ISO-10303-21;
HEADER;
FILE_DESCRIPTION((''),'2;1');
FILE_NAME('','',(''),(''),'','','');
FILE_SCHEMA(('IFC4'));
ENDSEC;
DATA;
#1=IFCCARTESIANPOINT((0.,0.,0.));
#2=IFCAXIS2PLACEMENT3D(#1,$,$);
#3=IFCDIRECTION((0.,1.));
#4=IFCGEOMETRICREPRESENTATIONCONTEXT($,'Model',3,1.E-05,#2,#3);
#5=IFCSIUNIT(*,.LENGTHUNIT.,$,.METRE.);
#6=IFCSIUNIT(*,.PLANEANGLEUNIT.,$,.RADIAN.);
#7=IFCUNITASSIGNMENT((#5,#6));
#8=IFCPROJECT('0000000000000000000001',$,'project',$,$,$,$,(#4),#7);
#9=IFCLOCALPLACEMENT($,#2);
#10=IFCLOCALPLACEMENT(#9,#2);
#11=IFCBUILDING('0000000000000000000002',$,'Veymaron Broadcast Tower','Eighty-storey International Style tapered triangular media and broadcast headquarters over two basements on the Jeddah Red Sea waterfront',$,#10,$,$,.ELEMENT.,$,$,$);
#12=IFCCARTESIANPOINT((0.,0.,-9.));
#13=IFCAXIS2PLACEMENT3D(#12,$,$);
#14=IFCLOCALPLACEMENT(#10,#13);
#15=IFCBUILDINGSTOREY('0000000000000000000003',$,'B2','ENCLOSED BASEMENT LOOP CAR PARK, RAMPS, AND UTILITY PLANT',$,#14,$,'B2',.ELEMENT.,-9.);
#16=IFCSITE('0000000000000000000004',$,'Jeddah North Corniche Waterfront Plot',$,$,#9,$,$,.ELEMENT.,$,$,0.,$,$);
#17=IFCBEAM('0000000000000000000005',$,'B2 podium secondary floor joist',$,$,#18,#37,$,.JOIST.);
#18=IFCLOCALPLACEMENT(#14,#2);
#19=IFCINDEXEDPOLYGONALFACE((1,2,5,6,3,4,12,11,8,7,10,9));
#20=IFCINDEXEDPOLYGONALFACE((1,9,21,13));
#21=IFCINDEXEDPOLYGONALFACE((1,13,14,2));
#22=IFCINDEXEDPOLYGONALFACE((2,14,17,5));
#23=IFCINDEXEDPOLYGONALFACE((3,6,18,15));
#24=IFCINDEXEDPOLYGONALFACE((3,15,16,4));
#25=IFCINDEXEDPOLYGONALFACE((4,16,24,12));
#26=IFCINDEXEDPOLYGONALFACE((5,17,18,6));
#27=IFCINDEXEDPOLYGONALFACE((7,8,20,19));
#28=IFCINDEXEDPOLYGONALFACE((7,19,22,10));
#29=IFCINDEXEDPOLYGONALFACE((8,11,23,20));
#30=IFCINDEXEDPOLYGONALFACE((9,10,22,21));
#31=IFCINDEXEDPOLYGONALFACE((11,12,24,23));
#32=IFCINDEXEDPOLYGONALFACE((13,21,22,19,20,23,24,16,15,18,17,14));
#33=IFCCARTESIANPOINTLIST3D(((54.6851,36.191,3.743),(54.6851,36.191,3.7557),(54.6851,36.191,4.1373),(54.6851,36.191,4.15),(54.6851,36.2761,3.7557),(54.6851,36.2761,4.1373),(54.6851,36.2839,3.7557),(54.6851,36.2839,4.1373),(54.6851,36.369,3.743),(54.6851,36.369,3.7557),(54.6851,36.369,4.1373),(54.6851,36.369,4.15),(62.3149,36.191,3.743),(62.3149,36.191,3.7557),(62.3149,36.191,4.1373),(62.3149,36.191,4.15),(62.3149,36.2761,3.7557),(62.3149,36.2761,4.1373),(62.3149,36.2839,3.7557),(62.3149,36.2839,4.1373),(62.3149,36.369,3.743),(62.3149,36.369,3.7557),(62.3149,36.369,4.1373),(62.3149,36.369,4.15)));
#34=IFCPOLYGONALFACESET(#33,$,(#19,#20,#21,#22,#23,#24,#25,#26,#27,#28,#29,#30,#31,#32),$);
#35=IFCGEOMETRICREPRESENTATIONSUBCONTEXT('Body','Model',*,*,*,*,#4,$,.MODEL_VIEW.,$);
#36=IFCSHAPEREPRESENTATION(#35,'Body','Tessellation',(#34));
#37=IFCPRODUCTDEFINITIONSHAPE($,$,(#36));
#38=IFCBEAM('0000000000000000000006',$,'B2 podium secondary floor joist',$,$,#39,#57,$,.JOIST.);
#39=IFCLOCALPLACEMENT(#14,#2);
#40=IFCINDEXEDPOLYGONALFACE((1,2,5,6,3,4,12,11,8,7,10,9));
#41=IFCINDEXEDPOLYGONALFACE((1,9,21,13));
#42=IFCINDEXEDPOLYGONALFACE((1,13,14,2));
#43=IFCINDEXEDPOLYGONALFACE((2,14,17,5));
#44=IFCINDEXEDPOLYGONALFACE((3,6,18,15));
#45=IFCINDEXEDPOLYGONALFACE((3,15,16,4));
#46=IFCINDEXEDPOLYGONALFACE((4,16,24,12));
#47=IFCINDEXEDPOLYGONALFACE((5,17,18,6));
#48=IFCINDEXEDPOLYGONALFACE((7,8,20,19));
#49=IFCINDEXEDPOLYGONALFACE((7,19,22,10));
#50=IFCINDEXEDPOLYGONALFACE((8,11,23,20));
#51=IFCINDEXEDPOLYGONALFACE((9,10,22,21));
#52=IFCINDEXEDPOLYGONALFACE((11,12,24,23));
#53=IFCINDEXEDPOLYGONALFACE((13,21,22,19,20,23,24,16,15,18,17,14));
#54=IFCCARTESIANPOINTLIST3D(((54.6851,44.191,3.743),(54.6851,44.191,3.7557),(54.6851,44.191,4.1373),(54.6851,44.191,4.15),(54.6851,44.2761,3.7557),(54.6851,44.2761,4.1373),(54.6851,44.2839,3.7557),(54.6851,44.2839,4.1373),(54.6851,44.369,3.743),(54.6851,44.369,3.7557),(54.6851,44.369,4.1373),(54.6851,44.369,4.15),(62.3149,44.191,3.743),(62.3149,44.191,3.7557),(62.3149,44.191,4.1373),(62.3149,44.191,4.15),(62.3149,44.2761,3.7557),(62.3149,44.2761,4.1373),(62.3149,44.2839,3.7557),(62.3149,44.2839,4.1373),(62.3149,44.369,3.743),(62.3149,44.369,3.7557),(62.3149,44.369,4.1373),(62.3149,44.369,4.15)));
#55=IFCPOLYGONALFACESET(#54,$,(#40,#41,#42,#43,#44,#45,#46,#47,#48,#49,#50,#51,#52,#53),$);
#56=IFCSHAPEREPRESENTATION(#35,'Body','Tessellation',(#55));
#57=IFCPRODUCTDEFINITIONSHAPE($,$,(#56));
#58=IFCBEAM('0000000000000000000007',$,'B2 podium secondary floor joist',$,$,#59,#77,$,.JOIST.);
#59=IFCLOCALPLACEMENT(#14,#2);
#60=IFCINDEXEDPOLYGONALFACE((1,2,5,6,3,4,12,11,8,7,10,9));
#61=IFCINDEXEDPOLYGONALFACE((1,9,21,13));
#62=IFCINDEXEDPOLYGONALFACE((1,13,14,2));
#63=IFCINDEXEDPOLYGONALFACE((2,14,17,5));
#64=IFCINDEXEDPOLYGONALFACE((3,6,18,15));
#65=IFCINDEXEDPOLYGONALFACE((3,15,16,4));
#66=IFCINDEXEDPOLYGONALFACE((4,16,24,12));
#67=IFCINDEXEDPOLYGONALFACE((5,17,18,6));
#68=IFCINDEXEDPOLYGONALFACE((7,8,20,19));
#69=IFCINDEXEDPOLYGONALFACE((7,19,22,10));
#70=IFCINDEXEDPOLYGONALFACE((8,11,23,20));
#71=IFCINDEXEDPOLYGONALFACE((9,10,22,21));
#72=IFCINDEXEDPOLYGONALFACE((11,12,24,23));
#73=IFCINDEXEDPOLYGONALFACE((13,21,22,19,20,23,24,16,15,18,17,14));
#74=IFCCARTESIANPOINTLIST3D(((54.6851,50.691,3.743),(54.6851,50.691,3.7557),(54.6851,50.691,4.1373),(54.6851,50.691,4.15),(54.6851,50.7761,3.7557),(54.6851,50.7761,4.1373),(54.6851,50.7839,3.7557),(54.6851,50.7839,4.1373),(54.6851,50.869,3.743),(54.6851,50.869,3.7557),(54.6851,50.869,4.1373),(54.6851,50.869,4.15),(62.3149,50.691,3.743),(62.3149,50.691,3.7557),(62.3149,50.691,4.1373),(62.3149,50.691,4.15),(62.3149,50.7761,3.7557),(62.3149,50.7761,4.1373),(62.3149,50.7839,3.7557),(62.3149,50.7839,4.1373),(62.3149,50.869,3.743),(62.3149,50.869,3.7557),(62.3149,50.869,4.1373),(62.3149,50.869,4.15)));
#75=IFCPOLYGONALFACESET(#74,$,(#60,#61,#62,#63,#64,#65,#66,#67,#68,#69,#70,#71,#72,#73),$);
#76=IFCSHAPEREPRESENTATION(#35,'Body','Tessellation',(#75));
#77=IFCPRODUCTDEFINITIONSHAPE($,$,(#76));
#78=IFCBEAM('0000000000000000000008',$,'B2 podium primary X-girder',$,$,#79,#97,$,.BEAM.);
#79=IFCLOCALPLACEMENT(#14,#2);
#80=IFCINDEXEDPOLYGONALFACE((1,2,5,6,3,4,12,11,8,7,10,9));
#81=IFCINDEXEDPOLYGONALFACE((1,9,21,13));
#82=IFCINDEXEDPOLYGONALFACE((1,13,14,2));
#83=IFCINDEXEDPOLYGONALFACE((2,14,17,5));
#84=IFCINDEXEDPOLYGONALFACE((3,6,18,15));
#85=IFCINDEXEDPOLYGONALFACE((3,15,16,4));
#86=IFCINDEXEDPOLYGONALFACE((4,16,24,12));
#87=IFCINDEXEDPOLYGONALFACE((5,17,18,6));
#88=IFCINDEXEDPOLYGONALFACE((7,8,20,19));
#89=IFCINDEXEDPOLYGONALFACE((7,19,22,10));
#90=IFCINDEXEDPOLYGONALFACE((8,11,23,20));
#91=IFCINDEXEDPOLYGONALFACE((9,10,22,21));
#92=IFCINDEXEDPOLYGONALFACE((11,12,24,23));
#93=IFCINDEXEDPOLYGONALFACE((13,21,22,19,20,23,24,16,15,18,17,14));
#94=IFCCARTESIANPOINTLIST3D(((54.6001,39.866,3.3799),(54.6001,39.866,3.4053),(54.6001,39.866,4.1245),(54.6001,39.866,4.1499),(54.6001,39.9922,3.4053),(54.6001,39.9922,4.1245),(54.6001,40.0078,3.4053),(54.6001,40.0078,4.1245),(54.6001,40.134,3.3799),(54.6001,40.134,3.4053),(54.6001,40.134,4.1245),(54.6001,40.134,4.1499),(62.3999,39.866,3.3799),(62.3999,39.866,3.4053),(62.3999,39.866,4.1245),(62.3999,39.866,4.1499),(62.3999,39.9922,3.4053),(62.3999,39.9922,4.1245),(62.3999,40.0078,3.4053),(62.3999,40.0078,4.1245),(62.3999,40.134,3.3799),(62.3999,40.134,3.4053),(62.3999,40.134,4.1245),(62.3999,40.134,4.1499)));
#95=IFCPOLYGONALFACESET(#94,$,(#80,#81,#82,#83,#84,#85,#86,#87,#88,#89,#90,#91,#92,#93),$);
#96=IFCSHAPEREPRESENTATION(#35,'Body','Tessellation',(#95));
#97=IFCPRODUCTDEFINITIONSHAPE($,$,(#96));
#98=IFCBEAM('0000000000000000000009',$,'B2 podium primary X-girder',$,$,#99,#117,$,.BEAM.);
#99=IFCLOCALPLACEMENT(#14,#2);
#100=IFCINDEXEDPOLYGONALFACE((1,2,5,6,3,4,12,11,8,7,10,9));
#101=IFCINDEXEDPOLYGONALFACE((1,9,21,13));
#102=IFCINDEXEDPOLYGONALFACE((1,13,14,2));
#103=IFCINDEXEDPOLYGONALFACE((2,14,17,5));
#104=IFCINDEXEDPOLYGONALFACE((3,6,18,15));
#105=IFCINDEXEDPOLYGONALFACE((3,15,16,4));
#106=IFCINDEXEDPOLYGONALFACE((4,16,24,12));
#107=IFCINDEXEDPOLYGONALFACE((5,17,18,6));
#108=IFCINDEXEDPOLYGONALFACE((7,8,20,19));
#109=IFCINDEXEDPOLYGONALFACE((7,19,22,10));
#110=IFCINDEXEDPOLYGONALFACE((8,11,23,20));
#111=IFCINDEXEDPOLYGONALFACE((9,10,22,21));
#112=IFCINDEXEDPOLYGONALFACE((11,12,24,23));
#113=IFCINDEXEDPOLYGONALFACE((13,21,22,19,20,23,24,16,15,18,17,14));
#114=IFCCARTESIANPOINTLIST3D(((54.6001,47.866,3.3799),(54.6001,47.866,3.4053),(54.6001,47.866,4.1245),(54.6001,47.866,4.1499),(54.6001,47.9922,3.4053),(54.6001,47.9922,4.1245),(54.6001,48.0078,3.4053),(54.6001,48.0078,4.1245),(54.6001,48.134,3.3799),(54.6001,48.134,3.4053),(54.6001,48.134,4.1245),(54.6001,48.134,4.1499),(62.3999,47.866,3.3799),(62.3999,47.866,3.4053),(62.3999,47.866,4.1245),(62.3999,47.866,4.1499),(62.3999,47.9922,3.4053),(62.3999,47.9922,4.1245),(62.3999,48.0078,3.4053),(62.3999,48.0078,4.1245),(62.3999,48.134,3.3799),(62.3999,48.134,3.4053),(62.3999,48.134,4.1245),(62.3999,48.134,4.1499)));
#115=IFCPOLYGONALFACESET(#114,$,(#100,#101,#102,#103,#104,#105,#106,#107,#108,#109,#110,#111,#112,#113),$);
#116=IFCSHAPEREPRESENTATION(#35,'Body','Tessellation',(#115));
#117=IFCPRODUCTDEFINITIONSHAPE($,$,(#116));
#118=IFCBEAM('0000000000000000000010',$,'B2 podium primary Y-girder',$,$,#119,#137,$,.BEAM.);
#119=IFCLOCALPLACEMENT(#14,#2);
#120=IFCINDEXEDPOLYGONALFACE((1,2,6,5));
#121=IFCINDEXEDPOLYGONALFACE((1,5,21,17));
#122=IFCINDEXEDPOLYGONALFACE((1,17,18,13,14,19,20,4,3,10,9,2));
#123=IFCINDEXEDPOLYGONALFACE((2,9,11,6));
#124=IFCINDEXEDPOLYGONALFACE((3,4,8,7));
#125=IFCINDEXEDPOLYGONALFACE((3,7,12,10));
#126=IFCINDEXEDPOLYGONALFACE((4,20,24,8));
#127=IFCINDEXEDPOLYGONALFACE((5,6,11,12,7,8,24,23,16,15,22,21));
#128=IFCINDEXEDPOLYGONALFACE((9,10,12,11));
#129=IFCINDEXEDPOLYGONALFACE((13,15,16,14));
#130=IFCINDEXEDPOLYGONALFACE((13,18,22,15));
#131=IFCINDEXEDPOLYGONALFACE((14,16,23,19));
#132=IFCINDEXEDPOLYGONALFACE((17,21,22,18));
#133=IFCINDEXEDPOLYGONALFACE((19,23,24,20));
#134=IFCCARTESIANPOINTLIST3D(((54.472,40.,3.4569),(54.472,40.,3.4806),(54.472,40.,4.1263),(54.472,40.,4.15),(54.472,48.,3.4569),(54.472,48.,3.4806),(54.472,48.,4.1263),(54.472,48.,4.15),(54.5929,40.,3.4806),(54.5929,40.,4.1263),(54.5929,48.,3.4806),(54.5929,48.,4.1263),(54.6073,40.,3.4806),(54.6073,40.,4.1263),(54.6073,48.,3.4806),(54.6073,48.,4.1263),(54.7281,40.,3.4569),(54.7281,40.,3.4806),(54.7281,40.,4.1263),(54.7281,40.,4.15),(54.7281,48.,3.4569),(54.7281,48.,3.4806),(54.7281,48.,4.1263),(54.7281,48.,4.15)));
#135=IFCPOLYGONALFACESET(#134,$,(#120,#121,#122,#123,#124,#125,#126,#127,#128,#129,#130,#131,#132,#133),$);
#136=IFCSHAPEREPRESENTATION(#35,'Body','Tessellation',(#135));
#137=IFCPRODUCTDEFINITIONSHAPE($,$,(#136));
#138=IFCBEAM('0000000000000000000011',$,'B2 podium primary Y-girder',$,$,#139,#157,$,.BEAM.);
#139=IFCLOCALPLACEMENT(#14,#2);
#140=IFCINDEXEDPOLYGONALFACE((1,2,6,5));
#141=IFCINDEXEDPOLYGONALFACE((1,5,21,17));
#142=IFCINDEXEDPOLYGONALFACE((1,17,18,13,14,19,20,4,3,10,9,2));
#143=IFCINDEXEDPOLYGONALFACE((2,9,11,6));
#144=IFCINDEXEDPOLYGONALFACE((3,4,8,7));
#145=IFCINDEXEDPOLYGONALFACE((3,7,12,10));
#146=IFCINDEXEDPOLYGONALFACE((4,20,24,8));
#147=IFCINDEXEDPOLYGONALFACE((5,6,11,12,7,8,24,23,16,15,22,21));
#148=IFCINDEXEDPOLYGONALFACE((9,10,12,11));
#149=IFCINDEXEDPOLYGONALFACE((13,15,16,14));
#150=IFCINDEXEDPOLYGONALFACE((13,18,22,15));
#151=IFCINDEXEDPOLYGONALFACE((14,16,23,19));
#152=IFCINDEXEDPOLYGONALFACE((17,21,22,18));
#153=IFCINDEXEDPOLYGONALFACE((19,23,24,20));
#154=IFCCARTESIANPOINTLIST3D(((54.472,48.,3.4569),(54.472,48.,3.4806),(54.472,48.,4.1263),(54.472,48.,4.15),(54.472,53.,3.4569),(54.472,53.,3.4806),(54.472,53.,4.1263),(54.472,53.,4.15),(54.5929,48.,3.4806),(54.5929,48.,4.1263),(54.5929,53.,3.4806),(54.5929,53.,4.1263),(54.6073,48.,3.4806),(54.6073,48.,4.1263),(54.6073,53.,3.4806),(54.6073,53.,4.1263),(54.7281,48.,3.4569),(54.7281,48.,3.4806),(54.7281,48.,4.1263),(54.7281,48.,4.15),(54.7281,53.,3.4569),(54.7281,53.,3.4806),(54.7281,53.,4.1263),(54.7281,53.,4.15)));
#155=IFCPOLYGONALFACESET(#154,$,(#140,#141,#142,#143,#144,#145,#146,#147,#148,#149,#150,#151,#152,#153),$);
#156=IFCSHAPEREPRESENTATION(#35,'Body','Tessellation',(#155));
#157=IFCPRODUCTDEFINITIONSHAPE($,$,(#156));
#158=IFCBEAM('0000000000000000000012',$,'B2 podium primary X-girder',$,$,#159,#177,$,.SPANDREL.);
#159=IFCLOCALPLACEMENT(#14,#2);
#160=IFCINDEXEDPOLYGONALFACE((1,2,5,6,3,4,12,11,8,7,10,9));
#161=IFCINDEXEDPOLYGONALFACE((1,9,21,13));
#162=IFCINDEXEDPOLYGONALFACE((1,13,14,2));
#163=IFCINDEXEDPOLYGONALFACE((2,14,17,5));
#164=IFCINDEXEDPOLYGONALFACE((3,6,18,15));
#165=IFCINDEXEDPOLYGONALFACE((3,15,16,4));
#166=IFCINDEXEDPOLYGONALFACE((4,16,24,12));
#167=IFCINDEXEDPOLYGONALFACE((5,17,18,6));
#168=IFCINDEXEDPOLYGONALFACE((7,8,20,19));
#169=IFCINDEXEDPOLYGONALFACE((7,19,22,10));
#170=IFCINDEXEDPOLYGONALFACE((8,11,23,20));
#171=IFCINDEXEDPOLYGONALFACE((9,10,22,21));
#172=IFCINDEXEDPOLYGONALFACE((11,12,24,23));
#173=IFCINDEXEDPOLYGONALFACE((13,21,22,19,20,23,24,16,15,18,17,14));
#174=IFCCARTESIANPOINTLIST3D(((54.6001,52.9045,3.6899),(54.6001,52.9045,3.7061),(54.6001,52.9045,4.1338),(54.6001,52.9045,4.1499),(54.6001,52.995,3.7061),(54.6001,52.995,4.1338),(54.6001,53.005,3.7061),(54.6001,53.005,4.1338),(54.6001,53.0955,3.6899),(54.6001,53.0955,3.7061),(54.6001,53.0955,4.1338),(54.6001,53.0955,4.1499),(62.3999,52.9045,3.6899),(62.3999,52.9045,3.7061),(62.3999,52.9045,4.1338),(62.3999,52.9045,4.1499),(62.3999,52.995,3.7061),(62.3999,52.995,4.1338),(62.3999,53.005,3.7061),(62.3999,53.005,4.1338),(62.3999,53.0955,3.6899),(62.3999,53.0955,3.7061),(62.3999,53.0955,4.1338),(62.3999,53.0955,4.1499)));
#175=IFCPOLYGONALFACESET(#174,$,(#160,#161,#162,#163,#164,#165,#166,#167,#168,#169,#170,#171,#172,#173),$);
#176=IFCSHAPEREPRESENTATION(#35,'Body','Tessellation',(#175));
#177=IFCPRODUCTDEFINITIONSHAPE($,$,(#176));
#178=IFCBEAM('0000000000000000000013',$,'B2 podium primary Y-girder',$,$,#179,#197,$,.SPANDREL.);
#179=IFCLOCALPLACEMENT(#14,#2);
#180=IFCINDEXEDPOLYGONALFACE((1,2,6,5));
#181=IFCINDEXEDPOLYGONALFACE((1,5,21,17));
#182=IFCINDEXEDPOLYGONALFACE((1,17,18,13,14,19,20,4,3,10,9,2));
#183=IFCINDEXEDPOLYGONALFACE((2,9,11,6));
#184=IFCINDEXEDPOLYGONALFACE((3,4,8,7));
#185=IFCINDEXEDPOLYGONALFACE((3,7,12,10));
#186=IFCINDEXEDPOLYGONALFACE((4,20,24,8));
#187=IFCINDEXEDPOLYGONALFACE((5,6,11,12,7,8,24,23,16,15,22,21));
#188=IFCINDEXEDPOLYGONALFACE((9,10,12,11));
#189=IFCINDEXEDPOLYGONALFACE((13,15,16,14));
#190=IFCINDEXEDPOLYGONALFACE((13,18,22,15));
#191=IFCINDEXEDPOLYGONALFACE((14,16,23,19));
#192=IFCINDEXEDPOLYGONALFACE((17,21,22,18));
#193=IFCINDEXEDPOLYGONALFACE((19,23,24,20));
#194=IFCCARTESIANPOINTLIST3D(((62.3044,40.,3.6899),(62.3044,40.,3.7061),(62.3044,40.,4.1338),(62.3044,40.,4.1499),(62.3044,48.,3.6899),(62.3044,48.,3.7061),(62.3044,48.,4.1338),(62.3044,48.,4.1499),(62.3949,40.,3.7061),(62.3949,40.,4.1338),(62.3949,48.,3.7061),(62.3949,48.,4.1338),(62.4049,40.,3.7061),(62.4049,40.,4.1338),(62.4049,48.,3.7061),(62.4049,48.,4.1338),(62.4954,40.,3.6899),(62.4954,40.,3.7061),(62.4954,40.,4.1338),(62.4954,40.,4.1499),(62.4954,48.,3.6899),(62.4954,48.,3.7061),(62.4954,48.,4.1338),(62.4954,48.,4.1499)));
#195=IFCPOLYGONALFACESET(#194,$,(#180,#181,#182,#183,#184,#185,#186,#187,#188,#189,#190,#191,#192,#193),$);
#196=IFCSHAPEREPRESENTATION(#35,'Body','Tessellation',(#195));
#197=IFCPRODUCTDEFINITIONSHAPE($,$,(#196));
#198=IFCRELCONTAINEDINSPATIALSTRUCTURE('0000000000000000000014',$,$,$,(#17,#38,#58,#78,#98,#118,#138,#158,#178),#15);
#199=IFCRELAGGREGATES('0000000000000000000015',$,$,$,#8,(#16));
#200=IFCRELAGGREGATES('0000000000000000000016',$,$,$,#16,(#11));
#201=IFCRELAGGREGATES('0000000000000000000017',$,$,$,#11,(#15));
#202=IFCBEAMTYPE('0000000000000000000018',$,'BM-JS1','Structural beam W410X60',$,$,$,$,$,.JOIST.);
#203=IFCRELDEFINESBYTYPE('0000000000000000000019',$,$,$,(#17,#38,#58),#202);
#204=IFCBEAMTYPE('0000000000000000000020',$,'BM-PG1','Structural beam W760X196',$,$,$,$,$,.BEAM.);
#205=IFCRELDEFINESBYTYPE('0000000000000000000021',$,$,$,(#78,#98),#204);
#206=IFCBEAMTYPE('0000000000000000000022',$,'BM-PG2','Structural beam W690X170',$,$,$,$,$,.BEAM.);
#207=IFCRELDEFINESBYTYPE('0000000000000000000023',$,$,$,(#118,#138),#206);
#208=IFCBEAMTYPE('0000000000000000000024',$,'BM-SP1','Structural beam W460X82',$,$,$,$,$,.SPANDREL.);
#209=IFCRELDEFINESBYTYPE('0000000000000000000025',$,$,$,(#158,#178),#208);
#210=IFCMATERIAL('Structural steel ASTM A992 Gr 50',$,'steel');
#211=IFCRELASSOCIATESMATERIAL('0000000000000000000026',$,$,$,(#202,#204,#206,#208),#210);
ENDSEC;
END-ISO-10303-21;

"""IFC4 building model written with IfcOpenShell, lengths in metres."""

from ifc_helpers import new_model, si_unit, direction, frame, origin, origin_2d, place, context, subcontext, project, spatial, i_section, extrude, material, material_profile, profile_set, type_object, element, save


model = new_model("IFC4")

# Units and contexts
model_context = context("Model", 3, precision=1e-05, world=origin(), true_north=direction((0.0, 1.0)))
body_context = subcontext(model_context, "Body", "Model", "MODEL_VIEW")
ifc_project = project(units=[si_unit("LENGTHUNIT", "METRE"), si_unit("PLANEANGLEUNIT", "RADIAN")], contexts=[model_context])

# Site, building, storey
site_placement = place(None, origin())
site = spatial("IfcSite", under=ifc_project, at=site_placement, Name="Jeddah North Corniche Waterfront Plot", CompositionType="ELEMENT", RefElevation=0.0)
building_placement = place(site_placement, origin())
building = spatial("IfcBuilding", under=site, at=building_placement, Name="Veymaron Broadcast Tower", Description="Eighty-storey International Style tapered triangular media and broadcast headquarters over two basements on the Jeddah Red Sea waterfront", CompositionType="ELEMENT")
storey_placement = place(building_placement, frame((0.0, 0.0, -9.0)))
storey = spatial("IfcBuildingStorey", under=building, at=storey_placement, Name="B2", Description="ENCLOSED BASEMENT LOOP CAR PARK, RAMPS, AND UTILITY PLANT", LongName="B2", CompositionType="ELEMENT", Elevation=-9.0)

# Shared definitions
ifc_material_1 = material(Name="Structural steel ASTM A992 Gr 50", Category="steel")

# Beams
ifc_material_profile_1 = material_profile(ifc_material_1, i_section(OverallWidth=0.178, OverallDepth=0.407, WebThickness=0.0078, FlangeThickness=0.0127, at=origin_2d()), Name="W410X60")
ifc_profile_set_1 = profile_set([ifc_material_profile_1], Name="Structural steel ASTM A992 Gr 50")
beam_type_1 = type_object("IfcBeamType", Name="BM-JS1", Description="Structural beam W410X60", PredefinedType="JOIST", material=ifc_profile_set_1)
for number, where, z_axis, x_axis, name in (
    (1, (54.6851, 36.28, 3.9465), (1.0, 0.0, 0.0), (0.0, 1.0, 0.0), "B2 podium secondary floor joist"),
    (2, (54.6851, 44.28, 3.9465), (1.0, 0.0, 0.0), (0.0, 1.0, 0.0), "B2 podium secondary floor joist"),
    (3, (54.6851, 50.78, 3.9465), (1.0, 0.0, 0.0), (0.0, 1.0, 0.0), "B2 podium secondary floor joist"),
):
    element("IfcBeam", number, at=place(storey_placement, frame(where, z_axis=z_axis, x_axis=x_axis)), inside=storey, type_object=beam_type_1, Name=name, PredefinedType="JOIST", context=body_context, shape_type="SweptSolid", body=[
        extrude(i_section(OverallWidth=0.178, OverallDepth=0.407, WebThickness=0.0078, FlangeThickness=0.0127, at=origin_2d()), origin(), (0.0, 0.0, 1.0), 7.6299),
    ])
ifc_material_profile_2 = material_profile(ifc_material_1, i_section(OverallWidth=0.2681, OverallDepth=0.77, WebThickness=0.0156, FlangeThickness=0.0254, at=origin_2d()), Name="W760X196")
ifc_profile_set_2 = profile_set([ifc_material_profile_2], Name="Structural steel ASTM A992 Gr 50")
beam_type_2 = type_object("IfcBeamType", Name="BM-PG1", Description="Structural beam W760X196", PredefinedType="BEAM", material=ifc_profile_set_2)
for number, where, z_axis, x_axis, name in (
    (4, (54.6001, 40.0, 3.7649), (1.0, 0.0, 0.0), (0.0, 1.0, 0.0), "B2 podium primary X-girder"),
    (5, (54.6001, 48.0, 3.7649), (1.0, 0.0, 0.0), (0.0, 1.0, 0.0), "B2 podium primary X-girder"),
):
    element("IfcBeam", number, at=place(storey_placement, frame(where, z_axis=z_axis, x_axis=x_axis)), inside=storey, type_object=beam_type_2, Name=name, PredefinedType="BEAM", context=body_context, shape_type="SweptSolid", body=[
        extrude(i_section(OverallWidth=0.2681, OverallDepth=0.77, WebThickness=0.0156, FlangeThickness=0.0254, at=origin_2d()), origin(), (0.0, 0.0, 1.0), 7.7998),
    ])
ifc_material_profile_3 = material_profile(ifc_material_1, i_section(OverallWidth=0.2561, OverallDepth=0.6931, WebThickness=0.0144, FlangeThickness=0.0237, at=origin_2d()), Name="W690X170")
ifc_profile_set_3 = profile_set([ifc_material_profile_3], Name="Structural steel ASTM A992 Gr 50")
beam_type_3 = type_object("IfcBeamType", Name="BM-PG2", Description="Structural beam W690X170", PredefinedType="BEAM", material=ifc_profile_set_3)
beam_1_placement = place(storey_placement, frame((54.6001, 40.0, 3.8035), z_axis=(0.0, 1.0, 0.0), x_axis=(-1.0, 0.0, 0.0)))
element("IfcBeam", 6, at=beam_1_placement, inside=storey, type_object=beam_type_3, Name="B2 podium primary Y-girder", PredefinedType="BEAM", context=body_context, shape_type="SweptSolid", body=[
    extrude(i_section(OverallWidth=0.2561, OverallDepth=0.6931, WebThickness=0.0144, FlangeThickness=0.0237, at=origin_2d()), origin(), (0.0, 0.0, 1.0), 8.0),
])
beam_2_placement = place(storey_placement, frame((54.6001, 48.0, 3.8035), z_axis=(0.0, 1.0, 0.0), x_axis=(-1.0, 0.0, 0.0)))
element("IfcBeam", 7, at=beam_2_placement, inside=storey, type_object=beam_type_3, Name="B2 podium primary Y-girder", PredefinedType="BEAM", context=body_context, shape_type="SweptSolid", body=[
    extrude(i_section(OverallWidth=0.2561, OverallDepth=0.6931, WebThickness=0.0144, FlangeThickness=0.0237, at=origin_2d()), origin(), (0.0, 0.0, 1.0), 5.0),
])
ifc_material_profile_4 = material_profile(ifc_material_1, i_section(OverallWidth=0.1909, OverallDepth=0.46, WebThickness=0.01, FlangeThickness=0.0161, at=origin_2d()), Name="W460X82")
ifc_profile_set_4 = profile_set([ifc_material_profile_4], Name="Structural steel ASTM A992 Gr 50")
beam_type_4 = type_object("IfcBeamType", Name="BM-SP1", Description="Structural beam W460X82", PredefinedType="SPANDREL", material=ifc_profile_set_4)
beam_3_placement = place(storey_placement, frame((54.6001, 53.0, 3.9199), z_axis=(1.0, 0.0, 0.0), x_axis=(0.0, 1.0, 0.0)))
element("IfcBeam", 8, at=beam_3_placement, inside=storey, type_object=beam_type_4, Name="B2 podium primary X-girder", PredefinedType="SPANDREL", context=body_context, shape_type="SweptSolid", body=[
    extrude(i_section(OverallWidth=0.1909, OverallDepth=0.46, WebThickness=0.01, FlangeThickness=0.0161, at=origin_2d()), origin(), (0.0, 0.0, 1.0), 7.7998),
])
beam_4_placement = place(storey_placement, frame((62.3999, 40.0, 3.9199), z_axis=(0.0, 1.0, 0.0), x_axis=(-1.0, 0.0, 0.0)))
element("IfcBeam", 9, at=beam_4_placement, inside=storey, type_object=beam_type_4, Name="B2 podium primary Y-girder", PredefinedType="SPANDREL", context=body_context, shape_type="SweptSolid", body=[
    extrude(i_section(OverallWidth=0.1909, OverallDepth=0.46, WebThickness=0.01, FlangeThickness=0.0161, at=origin_2d()), origin(), (0.0, 0.0, 1.0), 8.0),
])

save(model, "model.ifc")
